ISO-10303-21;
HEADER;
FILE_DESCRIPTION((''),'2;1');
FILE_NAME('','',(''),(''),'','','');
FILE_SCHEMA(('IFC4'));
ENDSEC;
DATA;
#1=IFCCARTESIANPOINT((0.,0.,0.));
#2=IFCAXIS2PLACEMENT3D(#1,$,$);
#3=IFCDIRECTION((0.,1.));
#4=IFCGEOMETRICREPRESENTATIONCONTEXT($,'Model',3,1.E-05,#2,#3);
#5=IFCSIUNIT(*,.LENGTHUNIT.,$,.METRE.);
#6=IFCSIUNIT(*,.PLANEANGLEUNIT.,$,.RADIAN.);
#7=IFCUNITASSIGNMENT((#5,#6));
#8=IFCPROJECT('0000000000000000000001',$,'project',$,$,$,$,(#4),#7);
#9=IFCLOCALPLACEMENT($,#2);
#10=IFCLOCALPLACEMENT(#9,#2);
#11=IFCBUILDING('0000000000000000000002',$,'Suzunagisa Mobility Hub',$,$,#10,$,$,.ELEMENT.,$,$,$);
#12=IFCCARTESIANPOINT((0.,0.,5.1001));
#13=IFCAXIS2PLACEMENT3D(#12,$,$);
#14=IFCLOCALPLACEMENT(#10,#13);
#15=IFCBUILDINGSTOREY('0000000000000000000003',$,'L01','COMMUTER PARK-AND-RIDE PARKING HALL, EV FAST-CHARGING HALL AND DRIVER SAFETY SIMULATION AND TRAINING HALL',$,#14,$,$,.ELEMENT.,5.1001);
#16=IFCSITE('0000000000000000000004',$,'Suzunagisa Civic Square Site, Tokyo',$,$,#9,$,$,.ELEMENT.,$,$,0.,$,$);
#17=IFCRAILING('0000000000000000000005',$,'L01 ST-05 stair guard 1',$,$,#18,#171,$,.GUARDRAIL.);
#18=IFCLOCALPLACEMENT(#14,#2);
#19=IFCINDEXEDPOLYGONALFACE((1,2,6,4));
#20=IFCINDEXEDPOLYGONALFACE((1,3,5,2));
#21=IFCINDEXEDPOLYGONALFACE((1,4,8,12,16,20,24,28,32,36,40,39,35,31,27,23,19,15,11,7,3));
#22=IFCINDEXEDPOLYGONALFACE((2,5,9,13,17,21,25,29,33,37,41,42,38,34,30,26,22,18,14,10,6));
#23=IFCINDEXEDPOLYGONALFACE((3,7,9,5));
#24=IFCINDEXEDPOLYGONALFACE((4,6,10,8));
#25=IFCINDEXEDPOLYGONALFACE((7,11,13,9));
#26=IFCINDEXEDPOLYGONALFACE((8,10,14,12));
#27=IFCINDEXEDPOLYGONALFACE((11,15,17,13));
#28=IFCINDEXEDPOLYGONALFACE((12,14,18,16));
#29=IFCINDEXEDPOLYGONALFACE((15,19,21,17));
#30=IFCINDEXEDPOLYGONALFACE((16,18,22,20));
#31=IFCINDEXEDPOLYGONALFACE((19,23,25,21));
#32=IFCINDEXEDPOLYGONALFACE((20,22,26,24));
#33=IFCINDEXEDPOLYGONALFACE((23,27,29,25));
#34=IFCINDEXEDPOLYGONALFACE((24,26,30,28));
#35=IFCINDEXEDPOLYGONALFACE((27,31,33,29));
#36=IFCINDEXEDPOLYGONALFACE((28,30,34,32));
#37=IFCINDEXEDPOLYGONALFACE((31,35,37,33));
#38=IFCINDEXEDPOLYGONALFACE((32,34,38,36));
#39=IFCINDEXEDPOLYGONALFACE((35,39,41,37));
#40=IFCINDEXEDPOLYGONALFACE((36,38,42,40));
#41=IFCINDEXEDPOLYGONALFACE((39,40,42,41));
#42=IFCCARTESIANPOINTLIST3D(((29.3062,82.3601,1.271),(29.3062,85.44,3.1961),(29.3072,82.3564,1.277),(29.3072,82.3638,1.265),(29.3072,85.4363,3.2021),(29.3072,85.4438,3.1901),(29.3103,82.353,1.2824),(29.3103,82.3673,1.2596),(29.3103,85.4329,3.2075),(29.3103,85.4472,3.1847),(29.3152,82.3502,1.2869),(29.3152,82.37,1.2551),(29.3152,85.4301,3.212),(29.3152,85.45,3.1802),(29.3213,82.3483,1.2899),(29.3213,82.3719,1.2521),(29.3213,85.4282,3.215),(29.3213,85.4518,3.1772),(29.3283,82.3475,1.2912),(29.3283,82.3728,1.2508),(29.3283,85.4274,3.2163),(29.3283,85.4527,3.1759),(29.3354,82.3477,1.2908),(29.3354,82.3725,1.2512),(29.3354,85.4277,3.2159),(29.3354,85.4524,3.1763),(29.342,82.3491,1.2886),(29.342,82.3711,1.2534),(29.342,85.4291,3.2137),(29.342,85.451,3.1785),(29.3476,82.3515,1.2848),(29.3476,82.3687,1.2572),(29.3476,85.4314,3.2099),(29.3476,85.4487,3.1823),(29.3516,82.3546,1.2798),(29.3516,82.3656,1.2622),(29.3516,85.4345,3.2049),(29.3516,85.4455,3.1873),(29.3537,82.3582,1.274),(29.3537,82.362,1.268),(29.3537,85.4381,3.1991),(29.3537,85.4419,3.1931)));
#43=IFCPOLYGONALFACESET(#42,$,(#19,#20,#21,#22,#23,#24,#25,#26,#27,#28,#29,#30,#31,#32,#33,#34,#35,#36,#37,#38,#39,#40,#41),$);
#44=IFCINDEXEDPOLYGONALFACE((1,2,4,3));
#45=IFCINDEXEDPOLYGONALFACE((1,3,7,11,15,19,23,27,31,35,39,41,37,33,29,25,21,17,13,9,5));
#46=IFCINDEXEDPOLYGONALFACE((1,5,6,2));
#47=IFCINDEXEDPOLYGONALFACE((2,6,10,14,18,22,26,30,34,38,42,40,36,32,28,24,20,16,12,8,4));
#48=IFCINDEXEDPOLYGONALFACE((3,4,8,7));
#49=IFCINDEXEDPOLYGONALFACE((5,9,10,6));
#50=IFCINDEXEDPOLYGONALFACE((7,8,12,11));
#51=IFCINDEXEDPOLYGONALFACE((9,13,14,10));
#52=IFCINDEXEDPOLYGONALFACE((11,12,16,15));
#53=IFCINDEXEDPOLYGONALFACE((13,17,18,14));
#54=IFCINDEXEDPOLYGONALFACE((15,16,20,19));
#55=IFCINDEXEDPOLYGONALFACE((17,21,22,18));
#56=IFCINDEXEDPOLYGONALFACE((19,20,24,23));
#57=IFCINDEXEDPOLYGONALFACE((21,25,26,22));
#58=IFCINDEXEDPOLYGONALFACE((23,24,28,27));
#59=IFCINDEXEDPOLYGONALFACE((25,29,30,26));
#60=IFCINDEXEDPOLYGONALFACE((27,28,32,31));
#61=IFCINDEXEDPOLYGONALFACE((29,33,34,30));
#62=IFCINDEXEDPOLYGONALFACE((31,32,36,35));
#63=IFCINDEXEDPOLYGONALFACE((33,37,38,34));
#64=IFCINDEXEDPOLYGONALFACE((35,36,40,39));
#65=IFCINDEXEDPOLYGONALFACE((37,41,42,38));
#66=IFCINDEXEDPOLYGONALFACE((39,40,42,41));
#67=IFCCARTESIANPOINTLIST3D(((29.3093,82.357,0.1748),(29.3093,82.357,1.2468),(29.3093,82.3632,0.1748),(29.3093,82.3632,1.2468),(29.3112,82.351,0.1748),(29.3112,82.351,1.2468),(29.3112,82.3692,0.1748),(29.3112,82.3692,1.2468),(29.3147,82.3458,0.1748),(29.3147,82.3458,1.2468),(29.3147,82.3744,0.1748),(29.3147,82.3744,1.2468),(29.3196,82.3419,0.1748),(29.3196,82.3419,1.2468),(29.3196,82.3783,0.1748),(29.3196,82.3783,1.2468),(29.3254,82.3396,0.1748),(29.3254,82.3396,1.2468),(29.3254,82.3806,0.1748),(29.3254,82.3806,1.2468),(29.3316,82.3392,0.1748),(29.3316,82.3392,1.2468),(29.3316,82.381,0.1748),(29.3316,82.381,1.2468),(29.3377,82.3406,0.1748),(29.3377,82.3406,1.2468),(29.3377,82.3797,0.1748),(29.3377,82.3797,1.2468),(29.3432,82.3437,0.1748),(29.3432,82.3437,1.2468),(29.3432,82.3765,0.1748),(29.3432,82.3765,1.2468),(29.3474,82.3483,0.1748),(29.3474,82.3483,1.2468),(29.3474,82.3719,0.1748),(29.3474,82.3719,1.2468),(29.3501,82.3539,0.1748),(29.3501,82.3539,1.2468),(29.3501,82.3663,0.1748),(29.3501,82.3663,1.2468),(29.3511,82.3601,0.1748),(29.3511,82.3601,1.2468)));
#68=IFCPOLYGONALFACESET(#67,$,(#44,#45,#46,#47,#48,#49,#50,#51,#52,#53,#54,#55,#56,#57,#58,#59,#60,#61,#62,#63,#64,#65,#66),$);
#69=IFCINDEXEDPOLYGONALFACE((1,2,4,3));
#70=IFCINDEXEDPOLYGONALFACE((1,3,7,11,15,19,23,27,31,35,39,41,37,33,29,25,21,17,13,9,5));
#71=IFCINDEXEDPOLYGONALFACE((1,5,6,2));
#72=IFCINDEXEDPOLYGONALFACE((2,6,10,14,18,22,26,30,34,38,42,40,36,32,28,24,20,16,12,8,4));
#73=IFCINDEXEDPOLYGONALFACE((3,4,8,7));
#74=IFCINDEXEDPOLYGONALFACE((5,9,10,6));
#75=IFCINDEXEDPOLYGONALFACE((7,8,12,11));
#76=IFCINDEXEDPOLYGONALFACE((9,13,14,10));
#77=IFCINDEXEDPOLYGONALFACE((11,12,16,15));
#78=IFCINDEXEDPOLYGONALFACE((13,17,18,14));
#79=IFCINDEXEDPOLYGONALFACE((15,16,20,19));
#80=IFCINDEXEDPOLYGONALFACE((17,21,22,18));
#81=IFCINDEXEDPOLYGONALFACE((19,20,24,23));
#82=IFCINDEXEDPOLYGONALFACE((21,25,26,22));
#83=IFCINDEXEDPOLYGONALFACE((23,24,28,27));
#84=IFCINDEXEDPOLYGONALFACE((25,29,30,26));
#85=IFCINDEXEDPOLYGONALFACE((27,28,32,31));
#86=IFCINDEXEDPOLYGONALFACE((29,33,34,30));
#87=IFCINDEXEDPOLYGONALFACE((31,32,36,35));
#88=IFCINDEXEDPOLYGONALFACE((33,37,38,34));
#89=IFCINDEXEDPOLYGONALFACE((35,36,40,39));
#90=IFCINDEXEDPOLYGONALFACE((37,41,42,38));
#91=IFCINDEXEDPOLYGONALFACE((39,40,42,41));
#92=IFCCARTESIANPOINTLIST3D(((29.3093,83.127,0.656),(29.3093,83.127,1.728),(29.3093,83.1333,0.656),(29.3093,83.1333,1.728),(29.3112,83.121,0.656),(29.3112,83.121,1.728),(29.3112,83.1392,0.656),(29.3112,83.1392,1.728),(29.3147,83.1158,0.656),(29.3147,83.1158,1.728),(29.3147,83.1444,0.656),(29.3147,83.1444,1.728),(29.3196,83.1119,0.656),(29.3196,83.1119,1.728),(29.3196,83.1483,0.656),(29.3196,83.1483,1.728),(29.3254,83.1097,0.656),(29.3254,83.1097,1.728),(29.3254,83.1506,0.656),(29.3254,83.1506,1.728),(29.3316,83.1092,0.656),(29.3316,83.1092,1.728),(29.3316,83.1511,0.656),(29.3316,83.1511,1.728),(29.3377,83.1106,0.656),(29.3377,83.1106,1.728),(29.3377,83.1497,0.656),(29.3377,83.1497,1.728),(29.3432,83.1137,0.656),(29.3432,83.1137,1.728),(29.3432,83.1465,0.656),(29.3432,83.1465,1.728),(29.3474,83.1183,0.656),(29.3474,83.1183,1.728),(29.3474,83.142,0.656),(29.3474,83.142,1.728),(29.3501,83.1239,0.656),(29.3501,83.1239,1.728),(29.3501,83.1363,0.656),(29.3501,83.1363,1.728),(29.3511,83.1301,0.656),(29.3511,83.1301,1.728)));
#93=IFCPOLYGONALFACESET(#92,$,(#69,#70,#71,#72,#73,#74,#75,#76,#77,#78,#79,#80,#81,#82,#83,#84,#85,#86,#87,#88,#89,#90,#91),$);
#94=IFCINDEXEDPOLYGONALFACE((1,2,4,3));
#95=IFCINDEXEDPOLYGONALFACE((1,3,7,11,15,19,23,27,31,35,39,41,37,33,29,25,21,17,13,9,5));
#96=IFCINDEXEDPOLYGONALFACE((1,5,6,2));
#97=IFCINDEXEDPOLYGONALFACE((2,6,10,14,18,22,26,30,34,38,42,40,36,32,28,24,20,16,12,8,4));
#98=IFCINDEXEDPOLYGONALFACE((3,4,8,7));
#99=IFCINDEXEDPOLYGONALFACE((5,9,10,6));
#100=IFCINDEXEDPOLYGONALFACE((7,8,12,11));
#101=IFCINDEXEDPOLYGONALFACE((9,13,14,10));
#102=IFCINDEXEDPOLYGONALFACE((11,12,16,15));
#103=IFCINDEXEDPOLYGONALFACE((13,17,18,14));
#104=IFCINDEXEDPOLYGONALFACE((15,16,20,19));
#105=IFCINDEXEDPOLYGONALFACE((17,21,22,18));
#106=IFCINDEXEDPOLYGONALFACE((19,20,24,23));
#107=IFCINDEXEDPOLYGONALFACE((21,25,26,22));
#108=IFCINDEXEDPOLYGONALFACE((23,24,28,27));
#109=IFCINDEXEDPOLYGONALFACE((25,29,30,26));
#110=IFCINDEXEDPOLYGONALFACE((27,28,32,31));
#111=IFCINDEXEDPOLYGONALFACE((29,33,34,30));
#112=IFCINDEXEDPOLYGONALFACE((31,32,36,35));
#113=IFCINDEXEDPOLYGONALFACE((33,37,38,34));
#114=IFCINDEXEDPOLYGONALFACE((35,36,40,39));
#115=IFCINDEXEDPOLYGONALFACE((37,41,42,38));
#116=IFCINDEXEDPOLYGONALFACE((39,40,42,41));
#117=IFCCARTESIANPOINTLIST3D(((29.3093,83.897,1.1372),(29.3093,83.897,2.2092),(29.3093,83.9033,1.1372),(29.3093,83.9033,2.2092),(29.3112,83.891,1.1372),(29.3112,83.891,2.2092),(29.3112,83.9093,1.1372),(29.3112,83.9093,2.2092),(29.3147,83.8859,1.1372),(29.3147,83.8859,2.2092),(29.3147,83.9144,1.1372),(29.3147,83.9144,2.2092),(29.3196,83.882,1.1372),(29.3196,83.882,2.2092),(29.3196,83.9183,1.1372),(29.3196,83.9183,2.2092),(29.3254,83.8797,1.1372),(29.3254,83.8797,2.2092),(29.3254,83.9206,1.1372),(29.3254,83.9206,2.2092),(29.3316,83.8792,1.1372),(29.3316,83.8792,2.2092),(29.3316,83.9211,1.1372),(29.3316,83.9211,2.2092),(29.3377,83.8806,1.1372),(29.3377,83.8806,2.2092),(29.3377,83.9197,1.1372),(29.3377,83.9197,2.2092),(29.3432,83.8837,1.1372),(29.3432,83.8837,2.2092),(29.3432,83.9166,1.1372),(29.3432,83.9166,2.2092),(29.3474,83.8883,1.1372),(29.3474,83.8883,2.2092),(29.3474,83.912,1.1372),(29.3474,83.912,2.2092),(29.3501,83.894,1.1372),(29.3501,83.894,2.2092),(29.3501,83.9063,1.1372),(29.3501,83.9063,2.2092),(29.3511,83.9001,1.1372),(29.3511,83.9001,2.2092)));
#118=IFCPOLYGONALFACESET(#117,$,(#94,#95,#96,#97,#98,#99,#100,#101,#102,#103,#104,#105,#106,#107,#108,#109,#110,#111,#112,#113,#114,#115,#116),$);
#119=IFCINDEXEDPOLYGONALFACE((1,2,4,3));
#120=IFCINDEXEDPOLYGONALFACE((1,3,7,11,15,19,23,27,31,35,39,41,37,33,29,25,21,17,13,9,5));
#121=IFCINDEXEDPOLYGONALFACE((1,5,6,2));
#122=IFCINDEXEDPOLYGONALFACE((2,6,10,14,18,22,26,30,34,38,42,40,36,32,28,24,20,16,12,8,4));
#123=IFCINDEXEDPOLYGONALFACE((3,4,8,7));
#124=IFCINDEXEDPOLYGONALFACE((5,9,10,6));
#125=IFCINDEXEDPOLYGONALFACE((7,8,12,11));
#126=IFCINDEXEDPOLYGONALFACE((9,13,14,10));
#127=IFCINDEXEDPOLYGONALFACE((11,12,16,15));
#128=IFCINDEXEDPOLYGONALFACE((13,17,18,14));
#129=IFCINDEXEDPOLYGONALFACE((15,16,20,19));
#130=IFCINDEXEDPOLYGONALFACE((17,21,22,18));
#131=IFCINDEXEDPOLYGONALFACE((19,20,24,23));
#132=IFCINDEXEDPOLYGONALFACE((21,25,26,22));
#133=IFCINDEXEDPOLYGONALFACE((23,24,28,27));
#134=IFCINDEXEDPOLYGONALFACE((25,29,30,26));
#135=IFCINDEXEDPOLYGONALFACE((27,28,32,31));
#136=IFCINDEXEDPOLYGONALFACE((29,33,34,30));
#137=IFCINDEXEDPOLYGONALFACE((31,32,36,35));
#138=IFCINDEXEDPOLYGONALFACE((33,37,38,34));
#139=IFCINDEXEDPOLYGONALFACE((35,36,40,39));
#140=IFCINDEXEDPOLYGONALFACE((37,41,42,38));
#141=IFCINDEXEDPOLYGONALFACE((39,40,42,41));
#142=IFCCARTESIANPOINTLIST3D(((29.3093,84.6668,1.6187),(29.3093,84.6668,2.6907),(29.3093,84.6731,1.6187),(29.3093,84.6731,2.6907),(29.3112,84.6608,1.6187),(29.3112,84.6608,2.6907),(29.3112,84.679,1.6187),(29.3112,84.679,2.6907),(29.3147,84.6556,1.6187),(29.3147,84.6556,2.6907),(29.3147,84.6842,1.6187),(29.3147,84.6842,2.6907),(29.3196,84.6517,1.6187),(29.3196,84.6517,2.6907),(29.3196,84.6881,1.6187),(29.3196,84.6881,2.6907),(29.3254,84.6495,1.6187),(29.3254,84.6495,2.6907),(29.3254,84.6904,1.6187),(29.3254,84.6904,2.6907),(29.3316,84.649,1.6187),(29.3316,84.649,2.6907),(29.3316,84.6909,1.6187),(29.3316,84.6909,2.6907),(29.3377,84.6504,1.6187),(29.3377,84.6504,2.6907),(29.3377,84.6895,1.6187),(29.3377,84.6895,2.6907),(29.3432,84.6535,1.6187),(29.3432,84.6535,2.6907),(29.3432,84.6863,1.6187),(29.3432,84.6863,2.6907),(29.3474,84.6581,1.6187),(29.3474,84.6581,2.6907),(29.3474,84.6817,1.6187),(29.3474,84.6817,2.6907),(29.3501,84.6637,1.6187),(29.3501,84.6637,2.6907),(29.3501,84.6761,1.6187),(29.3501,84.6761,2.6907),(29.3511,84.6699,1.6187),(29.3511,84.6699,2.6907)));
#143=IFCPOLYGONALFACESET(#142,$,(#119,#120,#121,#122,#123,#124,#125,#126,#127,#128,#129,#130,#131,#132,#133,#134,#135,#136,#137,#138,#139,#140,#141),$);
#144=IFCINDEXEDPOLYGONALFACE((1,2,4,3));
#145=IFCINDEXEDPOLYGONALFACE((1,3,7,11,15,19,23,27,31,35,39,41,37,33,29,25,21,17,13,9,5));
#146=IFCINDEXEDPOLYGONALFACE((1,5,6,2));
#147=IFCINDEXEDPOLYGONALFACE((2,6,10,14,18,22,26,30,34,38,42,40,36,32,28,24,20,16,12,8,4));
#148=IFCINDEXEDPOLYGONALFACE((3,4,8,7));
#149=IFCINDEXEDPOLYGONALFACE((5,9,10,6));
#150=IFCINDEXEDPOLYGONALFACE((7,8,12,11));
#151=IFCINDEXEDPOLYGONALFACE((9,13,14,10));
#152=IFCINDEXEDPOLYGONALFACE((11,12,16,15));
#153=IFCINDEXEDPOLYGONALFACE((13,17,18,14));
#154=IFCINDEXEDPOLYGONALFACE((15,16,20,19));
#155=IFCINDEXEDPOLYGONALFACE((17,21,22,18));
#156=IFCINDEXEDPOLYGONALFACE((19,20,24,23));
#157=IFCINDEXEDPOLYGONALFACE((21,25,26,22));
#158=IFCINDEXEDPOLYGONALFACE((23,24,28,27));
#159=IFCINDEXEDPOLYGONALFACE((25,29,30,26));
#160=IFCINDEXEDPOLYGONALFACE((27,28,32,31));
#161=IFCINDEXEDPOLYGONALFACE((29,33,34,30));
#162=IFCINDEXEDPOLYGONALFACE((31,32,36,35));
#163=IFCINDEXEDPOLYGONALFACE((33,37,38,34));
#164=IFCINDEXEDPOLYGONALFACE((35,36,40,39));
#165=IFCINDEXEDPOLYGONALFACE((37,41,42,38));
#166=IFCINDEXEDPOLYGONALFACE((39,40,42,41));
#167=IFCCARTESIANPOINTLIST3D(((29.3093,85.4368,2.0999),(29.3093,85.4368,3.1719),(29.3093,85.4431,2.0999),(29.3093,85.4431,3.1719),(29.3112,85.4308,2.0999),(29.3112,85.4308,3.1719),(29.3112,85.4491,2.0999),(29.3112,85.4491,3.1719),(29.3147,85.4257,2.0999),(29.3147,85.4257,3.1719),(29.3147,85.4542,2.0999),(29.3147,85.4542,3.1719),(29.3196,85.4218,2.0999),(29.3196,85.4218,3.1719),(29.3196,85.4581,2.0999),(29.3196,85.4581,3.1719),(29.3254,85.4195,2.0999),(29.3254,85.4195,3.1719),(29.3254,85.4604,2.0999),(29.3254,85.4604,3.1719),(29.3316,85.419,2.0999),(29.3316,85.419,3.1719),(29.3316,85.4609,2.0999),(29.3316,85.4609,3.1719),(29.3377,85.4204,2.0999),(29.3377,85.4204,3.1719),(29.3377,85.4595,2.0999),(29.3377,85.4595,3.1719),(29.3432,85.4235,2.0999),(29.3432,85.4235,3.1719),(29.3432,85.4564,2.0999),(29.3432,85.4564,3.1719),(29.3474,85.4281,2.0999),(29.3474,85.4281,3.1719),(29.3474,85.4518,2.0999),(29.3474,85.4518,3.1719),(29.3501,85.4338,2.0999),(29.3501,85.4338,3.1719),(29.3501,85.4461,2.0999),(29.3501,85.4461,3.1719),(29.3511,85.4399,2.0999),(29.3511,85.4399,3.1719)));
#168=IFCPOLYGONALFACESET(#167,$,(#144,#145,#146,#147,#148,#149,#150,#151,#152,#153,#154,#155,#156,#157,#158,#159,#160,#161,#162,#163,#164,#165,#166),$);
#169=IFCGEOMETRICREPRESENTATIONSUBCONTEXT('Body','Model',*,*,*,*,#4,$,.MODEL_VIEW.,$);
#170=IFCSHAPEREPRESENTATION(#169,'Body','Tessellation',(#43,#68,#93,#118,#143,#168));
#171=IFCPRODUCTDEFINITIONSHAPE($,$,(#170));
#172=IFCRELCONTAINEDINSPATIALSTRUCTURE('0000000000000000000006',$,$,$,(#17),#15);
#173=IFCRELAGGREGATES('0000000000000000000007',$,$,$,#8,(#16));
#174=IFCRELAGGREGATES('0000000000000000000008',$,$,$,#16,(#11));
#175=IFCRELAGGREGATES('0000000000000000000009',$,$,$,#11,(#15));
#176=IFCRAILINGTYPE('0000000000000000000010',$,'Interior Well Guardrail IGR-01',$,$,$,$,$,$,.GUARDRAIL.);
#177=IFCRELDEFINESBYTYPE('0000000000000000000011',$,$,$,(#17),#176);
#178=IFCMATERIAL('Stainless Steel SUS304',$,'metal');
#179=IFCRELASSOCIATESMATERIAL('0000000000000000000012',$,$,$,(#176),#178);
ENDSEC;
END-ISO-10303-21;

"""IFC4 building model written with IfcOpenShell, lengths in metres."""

from ifc_helpers import new_model, si_unit, direction, frame, origin, origin_2d, place, context, subcontext, project, spatial, circle, extrude, material, type_object, element, save


model = new_model("IFC4")

# Units and contexts
model_context = context("Model", 3, precision=1e-05, world=origin(), true_north=direction((0.0, 1.0)))
body_context = subcontext(model_context, "Body", "Model", "MODEL_VIEW")
ifc_project = project(units=[si_unit("LENGTHUNIT", "METRE"), si_unit("PLANEANGLEUNIT", "RADIAN")], contexts=[model_context])

# Site, building, storey
site_placement = place(None, origin())
site = spatial("IfcSite", under=ifc_project, at=site_placement, Name="Suzunagisa Civic Square Site, Tokyo", CompositionType="ELEMENT", RefElevation=0.0)
building_placement = place(site_placement, origin())
building = spatial("IfcBuilding", under=site, at=building_placement, Name="Suzunagisa Mobility Hub", CompositionType="ELEMENT")
storey_placement = place(building_placement, frame((0.0, 0.0, 5.1001)))
storey = spatial("IfcBuildingStorey", under=building, at=storey_placement, Name="L01", Description="COMMUTER PARK-AND-RIDE PARKING HALL, EV FAST-CHARGING HALL AND DRIVER SAFETY SIMULATION AND TRAINING HALL", CompositionType="ELEMENT", Elevation=5.1001)

# Railing
ifc_material_1 = material(Name="Stainless Steel SUS304", Category="metal")
railing_type_1 = type_object("IfcRailingType", Name="Interior Well Guardrail IGR-01", PredefinedType="GUARDRAIL", material=ifc_material_1)
railing_1_placement = place(storey_placement, frame((29.3301, 82.3601, 0.1748)))
element("IfcRailing", 1, at=railing_1_placement, inside=storey, type_object=railing_type_1, Name="L01 ST-05 stair guard 1", PredefinedType="GUARDRAIL", context=body_context, shape_type="SweptSolid", body=[
    extrude(circle(Radius=0.0239, at=origin_2d()), frame((0.0, 0.0, 1.0962), z_axis=(0.0, 0.847979, 0.530029), x_axis=(-1.0, 0.0, 0.0)), (0.0, 0.0, 1.0), 3.6321),
    extrude(circle(Radius=0.021, at=origin_2d()), origin(), (0.0, 0.0, 1.0), 1.072),
    extrude(circle(Radius=0.021, at=origin_2d()), frame((0.0, 0.77, 0.4812)), (0.0, 0.0, 1.0), 1.072),
    extrude(circle(Radius=0.021, at=origin_2d()), frame((0.0, 1.54, 0.9624)), (0.0, 0.0, 1.0), 1.072),
    extrude(circle(Radius=0.021, at=origin_2d()), frame((0.0, 2.3098, 1.4438)), (0.0, 0.0, 1.0), 1.072),
    extrude(circle(Radius=0.021, at=origin_2d()), frame((0.0, 3.0798, 1.925)), (0.0, 0.0, 1.0), 1.072),
])

save(model, "model.ifc")
